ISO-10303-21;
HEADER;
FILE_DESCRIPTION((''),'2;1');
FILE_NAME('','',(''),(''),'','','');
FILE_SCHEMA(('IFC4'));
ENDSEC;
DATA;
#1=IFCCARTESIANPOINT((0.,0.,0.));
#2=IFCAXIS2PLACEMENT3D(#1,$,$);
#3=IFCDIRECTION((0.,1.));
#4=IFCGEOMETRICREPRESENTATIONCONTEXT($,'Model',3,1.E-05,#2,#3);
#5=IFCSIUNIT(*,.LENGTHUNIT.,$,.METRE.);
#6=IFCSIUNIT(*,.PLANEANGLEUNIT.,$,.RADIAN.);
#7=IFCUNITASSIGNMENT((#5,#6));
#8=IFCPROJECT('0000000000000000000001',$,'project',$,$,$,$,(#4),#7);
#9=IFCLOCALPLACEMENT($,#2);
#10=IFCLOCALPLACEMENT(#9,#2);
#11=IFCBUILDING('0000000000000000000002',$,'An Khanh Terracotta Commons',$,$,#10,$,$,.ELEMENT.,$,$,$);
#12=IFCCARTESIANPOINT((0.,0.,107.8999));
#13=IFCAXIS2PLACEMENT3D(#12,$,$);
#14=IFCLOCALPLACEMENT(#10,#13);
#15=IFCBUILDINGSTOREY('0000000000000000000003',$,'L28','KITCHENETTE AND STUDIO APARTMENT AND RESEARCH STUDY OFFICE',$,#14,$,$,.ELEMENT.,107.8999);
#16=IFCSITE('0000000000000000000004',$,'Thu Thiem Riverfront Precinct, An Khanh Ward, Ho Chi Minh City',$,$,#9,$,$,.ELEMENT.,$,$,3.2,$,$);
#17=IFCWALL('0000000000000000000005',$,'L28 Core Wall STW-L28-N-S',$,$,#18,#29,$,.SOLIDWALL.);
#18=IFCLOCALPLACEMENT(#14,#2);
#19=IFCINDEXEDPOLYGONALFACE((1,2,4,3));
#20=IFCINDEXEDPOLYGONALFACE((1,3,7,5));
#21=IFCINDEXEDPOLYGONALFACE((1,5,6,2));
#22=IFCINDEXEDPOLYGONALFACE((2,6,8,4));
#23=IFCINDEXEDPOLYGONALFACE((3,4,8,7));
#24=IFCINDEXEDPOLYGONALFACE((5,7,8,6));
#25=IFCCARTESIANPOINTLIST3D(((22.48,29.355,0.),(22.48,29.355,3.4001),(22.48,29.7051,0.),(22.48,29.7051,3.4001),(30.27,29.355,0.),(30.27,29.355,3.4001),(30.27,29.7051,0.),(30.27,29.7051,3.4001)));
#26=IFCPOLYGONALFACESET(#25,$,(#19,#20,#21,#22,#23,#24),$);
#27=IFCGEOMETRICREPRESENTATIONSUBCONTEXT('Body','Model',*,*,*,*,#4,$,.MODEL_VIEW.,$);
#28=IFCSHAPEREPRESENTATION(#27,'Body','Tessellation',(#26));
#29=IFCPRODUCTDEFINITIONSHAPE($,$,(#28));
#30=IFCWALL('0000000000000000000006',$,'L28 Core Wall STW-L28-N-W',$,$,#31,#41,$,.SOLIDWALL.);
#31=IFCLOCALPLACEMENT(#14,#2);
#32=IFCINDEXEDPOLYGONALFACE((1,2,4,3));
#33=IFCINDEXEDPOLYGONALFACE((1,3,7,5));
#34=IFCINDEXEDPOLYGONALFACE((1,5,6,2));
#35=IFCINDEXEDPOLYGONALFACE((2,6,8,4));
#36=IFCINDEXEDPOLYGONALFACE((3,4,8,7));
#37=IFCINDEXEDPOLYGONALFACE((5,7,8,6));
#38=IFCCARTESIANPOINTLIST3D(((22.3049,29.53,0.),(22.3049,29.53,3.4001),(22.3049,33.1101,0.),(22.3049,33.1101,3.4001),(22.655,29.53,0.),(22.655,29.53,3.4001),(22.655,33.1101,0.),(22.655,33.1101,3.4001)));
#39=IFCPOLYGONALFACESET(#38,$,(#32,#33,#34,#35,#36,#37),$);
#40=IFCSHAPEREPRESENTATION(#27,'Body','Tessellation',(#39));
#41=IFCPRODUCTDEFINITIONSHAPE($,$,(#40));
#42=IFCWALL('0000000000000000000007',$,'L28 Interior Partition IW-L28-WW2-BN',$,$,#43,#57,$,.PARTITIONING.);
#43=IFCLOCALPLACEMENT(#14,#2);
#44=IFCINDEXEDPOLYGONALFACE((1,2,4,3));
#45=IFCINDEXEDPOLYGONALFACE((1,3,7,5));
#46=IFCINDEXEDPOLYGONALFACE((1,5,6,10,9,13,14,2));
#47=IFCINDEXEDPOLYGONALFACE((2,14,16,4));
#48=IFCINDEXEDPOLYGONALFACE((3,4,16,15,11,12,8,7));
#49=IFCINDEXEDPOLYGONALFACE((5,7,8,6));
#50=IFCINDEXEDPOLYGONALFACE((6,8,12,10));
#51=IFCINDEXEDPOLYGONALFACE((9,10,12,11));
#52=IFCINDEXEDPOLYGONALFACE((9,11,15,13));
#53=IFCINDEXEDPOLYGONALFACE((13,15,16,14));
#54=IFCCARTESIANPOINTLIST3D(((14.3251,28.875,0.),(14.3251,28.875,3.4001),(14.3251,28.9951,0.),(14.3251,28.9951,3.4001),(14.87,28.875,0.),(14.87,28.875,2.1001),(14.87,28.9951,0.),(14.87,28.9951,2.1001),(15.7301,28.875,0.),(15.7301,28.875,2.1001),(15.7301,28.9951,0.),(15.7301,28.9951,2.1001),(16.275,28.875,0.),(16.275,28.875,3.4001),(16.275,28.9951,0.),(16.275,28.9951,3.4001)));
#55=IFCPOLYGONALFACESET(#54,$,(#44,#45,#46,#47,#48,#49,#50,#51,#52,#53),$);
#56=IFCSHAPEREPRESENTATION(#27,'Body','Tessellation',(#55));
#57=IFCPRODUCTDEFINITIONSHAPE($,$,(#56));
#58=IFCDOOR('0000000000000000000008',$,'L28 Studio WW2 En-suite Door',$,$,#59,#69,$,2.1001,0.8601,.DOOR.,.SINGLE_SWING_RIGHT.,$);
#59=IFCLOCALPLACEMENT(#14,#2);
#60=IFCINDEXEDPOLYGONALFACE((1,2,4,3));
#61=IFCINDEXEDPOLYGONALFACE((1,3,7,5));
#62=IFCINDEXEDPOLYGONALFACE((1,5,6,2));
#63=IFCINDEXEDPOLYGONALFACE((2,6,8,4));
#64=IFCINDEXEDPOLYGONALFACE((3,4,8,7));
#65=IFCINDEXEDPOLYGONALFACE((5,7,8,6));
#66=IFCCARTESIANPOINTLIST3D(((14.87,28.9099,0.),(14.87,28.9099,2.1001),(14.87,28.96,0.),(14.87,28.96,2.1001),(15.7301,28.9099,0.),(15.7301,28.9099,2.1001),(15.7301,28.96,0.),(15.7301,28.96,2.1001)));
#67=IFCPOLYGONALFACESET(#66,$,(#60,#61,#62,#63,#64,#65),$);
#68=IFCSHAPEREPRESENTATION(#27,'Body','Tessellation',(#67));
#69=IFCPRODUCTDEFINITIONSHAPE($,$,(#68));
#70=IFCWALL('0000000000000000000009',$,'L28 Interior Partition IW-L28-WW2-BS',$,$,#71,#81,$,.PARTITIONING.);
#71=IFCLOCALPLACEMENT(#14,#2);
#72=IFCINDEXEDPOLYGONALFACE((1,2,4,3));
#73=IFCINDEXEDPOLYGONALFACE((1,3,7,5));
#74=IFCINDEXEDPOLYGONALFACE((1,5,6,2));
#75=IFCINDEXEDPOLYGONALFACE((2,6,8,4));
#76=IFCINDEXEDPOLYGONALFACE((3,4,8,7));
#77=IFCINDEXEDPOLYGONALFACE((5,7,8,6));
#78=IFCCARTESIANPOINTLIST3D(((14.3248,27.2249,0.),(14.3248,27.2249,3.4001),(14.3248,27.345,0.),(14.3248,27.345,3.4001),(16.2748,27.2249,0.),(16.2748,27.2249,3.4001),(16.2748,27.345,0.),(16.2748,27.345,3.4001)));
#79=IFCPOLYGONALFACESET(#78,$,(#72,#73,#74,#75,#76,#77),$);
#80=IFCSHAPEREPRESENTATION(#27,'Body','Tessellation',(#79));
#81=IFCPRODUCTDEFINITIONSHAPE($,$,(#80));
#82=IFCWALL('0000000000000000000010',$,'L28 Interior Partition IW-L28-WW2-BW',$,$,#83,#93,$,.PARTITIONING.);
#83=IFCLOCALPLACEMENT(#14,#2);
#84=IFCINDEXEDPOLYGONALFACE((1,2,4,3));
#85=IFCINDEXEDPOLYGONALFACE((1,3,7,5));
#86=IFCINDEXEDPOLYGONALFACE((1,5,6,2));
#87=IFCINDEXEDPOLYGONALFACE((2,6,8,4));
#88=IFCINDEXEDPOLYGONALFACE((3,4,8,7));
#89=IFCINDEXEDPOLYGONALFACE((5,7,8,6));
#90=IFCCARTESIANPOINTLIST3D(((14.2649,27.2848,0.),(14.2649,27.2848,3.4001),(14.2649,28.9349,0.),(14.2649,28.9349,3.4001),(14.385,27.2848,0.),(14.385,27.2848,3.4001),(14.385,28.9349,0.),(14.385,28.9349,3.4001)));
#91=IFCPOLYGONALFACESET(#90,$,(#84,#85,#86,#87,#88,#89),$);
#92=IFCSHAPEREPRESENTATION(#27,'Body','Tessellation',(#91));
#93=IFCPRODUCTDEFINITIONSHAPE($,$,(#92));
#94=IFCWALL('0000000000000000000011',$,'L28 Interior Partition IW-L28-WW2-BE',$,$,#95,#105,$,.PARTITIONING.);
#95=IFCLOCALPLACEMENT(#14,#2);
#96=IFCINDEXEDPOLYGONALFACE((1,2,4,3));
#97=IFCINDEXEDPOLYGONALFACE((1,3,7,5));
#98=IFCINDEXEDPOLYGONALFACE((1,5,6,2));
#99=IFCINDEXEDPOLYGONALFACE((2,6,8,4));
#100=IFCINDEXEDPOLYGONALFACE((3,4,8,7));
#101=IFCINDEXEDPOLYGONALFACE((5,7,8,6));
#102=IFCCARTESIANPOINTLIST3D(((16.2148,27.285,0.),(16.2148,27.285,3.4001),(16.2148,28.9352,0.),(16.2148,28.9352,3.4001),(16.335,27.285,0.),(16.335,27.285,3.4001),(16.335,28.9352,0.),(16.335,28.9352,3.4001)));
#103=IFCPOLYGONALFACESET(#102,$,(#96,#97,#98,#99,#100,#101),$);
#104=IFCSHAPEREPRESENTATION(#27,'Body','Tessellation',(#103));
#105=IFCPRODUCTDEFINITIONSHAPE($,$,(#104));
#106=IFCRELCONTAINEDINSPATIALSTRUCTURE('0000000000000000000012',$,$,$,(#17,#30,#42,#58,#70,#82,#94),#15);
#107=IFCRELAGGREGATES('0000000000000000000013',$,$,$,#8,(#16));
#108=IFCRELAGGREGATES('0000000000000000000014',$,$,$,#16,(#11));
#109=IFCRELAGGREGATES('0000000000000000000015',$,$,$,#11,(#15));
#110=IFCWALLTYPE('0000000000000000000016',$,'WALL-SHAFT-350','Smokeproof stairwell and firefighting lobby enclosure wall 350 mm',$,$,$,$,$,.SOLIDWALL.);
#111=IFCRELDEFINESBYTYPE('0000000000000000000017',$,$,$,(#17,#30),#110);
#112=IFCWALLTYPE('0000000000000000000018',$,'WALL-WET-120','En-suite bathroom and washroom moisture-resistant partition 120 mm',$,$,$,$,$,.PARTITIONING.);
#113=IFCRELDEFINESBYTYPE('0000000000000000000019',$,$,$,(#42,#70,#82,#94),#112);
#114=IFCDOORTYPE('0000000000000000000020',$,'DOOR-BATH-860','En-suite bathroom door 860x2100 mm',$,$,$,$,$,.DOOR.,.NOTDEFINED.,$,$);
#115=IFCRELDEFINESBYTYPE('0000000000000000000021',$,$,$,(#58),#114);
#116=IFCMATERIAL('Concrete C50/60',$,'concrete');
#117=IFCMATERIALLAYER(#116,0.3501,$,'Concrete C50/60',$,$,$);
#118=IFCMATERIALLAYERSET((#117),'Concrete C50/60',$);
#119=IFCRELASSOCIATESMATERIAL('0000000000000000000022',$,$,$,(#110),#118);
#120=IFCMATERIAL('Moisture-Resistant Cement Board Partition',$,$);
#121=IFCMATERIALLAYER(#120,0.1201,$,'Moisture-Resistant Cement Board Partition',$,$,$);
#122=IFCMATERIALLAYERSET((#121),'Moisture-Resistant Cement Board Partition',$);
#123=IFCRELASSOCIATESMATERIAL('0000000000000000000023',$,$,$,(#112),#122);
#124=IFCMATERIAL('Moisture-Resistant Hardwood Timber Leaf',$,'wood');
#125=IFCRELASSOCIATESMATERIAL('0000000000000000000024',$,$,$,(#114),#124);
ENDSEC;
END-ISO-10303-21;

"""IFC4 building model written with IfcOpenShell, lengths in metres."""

from ifc_helpers import new_model, si_unit, direction, frame, frame_2d, origin, place, context, subcontext, project, spatial, rectangle, extrude, material, layer, layer_set, type_object, element, fill, save


model = new_model("IFC4")

# Units and contexts
model_context = context("Model", 3, precision=1e-05, world=origin(), true_north=direction((0.0, 1.0)))
body_context = subcontext(model_context, "Body", "Model", "MODEL_VIEW")
ifc_project = project(units=[si_unit("LENGTHUNIT", "METRE"), si_unit("PLANEANGLEUNIT", "RADIAN")], contexts=[model_context])

# Site, building, storey
site_placement = place(None, origin())
site = spatial("IfcSite", under=ifc_project, at=site_placement, Name="Thu Thiem Riverfront Precinct, An Khanh Ward, Ho Chi Minh City", CompositionType="ELEMENT", RefElevation=3.2)
building_placement = place(site_placement, origin())
building = spatial("IfcBuilding", under=site, at=building_placement, Name="An Khanh Terracotta Commons", CompositionType="ELEMENT")
storey_placement = place(building_placement, frame((0.0, 0.0, 107.8999)))
storey = spatial("IfcBuildingStorey", under=building, at=storey_placement, Name="L28", Description="KITCHENETTE AND STUDIO APARTMENT AND RESEARCH STUDY OFFICE", CompositionType="ELEMENT", Elevation=107.8999)

# Walls
ifc_material_1 = material(Name="Concrete C50/60", Category="concrete")
ifc_layer_1 = layer(ifc_material_1, 0.3501, Name="Concrete C50/60")
ifc_layer_set_1 = layer_set([ifc_layer_1], Name="Concrete C50/60")
wall_type_1 = type_object("IfcWallType", Name="WALL-SHAFT-350", Description="Smokeproof stairwell and firefighting lobby enclosure wall 350 mm", PredefinedType="SOLIDWALL", material=ifc_layer_set_1)
wall_1_placement = place(storey_placement, frame((22.48, 29.53, 0.0), z_axis=(0.0, 0.0, 1.0), x_axis=(1.0, 0.0, 0.0)))
element("IfcWall", 1, at=wall_1_placement, inside=storey, type_object=wall_type_1, Name="L28 Core Wall STW-L28-N-S", PredefinedType="SOLIDWALL", context=body_context, shape_type="SweptSolid", body=[
    extrude(rectangle(XDim=7.79, YDim=0.3501, at=frame_2d((3.895, 0.0))), origin(), (0.0, 0.0, 1.0), 3.4001),
])
wall_2_placement = place(storey_placement, frame((22.48, 29.53, 0.0), z_axis=(0.0, 0.0, 1.0), x_axis=(0.0, 1.0, 0.0)))
element("IfcWall", 2, at=wall_2_placement, inside=storey, type_object=wall_type_1, Name="L28 Core Wall STW-L28-N-W", PredefinedType="SOLIDWALL", context=body_context, shape_type="SweptSolid", body=[
    extrude(rectangle(XDim=3.5801, YDim=0.3501, at=frame_2d((1.79, 0.0))), origin(), (0.0, 0.0, 1.0), 3.4001),
])

# Wall, opening, door
ifc_material_2 = material(Name="Moisture-Resistant Cement Board Partition")
ifc_layer_2 = layer(ifc_material_2, 0.1201, Name="Moisture-Resistant Cement Board Partition")
ifc_layer_set_2 = layer_set([ifc_layer_2], Name="Moisture-Resistant Cement Board Partition")
wall_type_2 = type_object("IfcWallType", Name="WALL-WET-120", Description="En-suite bathroom and washroom moisture-resistant partition 120 mm", PredefinedType="PARTITIONING", material=ifc_layer_set_2)
wall_3_placement = place(storey_placement, frame((14.325, 28.9351, 0.0), z_axis=(0.0, 0.0, 1.0), x_axis=(1.0, 0.0, 0.0)))
wall_3 = element("IfcWall", 3, at=wall_3_placement, inside=storey, type_object=wall_type_2, Name="L28 Interior Partition IW-L28-WW2-BN", PredefinedType="PARTITIONING", context=body_context, shape_type="SweptSolid", body=[
    extrude(rectangle(XDim=1.95, YDim=0.1201, at=frame_2d((0.9751, 0.0))), origin(), (0.0, 0.0, 1.0), 3.4001),
])
opening_1_placement = place(wall_3_placement, frame((0.5449, 0.0, 0.0)))
opening_1 = element("IfcOpeningElement", 4, at=opening_1_placement, cuts=wall_3, PredefinedType="OPENING", context=body_context, shape_type="SweptSolid", body=[
    extrude(rectangle(XDim=0.8601, YDim=2.1001, at=frame_2d((0.4302, 1.05))), frame((0.0, 0.0701, 0.0), z_axis=(0.0, -1.0, 0.0), x_axis=(1.0, 0.0, 0.0)), (0.0, 0.0, 1.0), 0.1401),
])
ifc_material_3 = material(Name="Moisture-Resistant Hardwood Timber Leaf", Category="wood")
door_type_1 = type_object("IfcDoorType", Name="DOOR-BATH-860", Description="En-suite bathroom door 860x2100 mm", OperationType="NOTDEFINED", PredefinedType="DOOR", material=ifc_material_3)
door_1_placement = place(opening_1_placement, origin())
door_1 = element("IfcDoor", 5, at=door_1_placement, inside=storey, type_object=door_type_1, Name="L28 Studio WW2 En-suite Door", OperationType="SINGLE_SWING_RIGHT", OverallHeight=2.1001, OverallWidth=0.8601, PredefinedType="DOOR", context=body_context, shape_type="SweptSolid", body=[
    extrude(rectangle(XDim=0.8601, YDim=2.1001, at=frame_2d((0.4302, 1.05))), frame((0.0, 0.0249, 0.0), z_axis=(0.0, -1.0, 0.0), x_axis=(1.0, 0.0, 0.0)), (0.0, 0.0, 1.0), 0.05),
])
fill(opening_1, door_1)

# Walls
wall_4_placement = place(storey_placement, frame((16.2749, 27.2849, 0.0), z_axis=(0.0, 0.0, 1.0), x_axis=(-1.0, 0.0, 0.0)))
element("IfcWall", 6, at=wall_4_placement, inside=storey, type_object=wall_type_2, Name="L28 Interior Partition IW-L28-WW2-BS", PredefinedType="PARTITIONING", context=body_context, shape_type="SweptSolid", body=[
    extrude(rectangle(XDim=1.95, YDim=0.1201, at=frame_2d((0.9751, 0.0))), origin(), (0.0, 0.0, 1.0), 3.4001),
])
for number, where, z_axis, x_axis, name in (
    (7, (14.325, 28.9351, 0.0), (0.0, 0.0, 1.0), (0.0, -1.0, 0.0), "L28 Interior Partition IW-L28-WW2-BW"),
    (8, (16.2749, 27.2849, 0.0), (0.0, 0.0, 1.0), (0.0, 1.0, 0.0), "L28 Interior Partition IW-L28-WW2-BE"),
):
    element("IfcWall", number, at=place(storey_placement, frame(where, z_axis=z_axis, x_axis=x_axis)), inside=storey, type_object=wall_type_2, Name=name, PredefinedType="PARTITIONING", context=body_context, shape_type="SweptSolid", body=[
        extrude(rectangle(XDim=1.6501, YDim=0.1201, at=frame_2d((0.8252, 0.0))), origin(), (0.0, 0.0, 1.0), 3.4001),
    ])

save(model, "model.ifc")
